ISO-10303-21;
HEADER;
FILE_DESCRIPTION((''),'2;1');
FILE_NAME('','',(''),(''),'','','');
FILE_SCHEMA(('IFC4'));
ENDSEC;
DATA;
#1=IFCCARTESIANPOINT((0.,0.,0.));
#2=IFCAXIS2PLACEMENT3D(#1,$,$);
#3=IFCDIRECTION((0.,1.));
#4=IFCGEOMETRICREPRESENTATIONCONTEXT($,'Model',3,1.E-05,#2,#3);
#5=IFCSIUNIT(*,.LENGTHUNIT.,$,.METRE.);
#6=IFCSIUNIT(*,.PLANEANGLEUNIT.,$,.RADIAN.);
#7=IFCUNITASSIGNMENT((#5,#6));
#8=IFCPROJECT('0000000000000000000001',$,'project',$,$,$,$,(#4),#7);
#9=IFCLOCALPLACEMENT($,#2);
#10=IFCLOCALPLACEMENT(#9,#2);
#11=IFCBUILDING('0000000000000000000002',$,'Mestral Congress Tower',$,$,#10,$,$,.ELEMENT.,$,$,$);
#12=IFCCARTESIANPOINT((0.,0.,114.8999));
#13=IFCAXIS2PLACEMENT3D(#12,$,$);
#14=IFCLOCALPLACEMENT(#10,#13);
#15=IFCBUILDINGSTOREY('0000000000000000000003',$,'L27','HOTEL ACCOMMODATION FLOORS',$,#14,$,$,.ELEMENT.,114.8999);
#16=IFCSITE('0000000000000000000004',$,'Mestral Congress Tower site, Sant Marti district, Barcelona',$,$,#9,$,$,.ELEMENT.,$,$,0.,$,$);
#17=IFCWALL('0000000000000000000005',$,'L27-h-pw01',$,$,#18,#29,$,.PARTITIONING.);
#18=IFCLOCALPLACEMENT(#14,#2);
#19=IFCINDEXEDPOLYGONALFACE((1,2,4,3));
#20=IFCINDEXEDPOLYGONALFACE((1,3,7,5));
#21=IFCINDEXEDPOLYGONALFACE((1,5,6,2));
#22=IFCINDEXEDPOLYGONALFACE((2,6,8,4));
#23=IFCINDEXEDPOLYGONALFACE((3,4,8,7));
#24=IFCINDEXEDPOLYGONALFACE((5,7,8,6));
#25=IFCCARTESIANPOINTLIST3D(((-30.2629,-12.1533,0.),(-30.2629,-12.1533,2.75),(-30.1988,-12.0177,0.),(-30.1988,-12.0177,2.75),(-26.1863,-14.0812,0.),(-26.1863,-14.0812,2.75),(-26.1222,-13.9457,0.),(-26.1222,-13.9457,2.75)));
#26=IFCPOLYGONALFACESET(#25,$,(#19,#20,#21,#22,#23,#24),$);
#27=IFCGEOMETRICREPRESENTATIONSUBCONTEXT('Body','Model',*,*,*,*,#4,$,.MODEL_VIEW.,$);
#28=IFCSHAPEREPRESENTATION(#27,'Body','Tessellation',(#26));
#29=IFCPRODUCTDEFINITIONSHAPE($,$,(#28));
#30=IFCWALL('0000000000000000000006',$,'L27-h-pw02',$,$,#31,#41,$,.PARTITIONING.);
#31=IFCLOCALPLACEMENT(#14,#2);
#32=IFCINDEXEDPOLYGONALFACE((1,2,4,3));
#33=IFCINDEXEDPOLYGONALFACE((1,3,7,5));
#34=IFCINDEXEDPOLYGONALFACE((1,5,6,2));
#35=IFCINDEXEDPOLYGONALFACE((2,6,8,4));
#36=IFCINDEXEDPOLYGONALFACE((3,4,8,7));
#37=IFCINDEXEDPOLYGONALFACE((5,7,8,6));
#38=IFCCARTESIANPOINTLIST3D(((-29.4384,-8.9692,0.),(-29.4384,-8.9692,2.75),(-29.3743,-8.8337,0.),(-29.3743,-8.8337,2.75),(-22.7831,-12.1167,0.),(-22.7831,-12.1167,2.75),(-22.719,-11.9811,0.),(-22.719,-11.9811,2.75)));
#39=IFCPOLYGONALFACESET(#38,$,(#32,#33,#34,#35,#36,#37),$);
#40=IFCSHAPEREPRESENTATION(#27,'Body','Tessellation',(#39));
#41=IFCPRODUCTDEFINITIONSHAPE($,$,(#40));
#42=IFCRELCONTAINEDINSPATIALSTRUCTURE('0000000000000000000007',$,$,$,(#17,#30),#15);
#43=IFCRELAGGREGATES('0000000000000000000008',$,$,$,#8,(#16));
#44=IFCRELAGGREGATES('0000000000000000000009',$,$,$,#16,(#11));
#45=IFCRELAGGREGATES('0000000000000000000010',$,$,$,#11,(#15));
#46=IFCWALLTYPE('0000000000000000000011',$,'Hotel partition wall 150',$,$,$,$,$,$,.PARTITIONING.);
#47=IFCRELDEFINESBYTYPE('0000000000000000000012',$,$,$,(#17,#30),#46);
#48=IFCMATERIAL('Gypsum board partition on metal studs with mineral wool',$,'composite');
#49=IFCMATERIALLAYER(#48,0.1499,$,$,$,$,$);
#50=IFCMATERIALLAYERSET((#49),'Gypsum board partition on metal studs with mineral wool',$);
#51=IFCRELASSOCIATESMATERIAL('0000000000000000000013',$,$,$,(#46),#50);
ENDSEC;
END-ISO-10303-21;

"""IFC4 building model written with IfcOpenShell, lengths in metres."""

from ifc_helpers import new_model, si_unit, direction, frame, frame_2d, origin, place, context, subcontext, project, spatial, rectangle, extrude, material, layer, layer_set, type_object, element, save


model = new_model("IFC4")

# Units and contexts
model_context = context("Model", 3, precision=1e-05, world=origin(), true_north=direction((0.0, 1.0)))
body_context = subcontext(model_context, "Body", "Model", "MODEL_VIEW")
ifc_project = project(units=[si_unit("LENGTHUNIT", "METRE"), si_unit("PLANEANGLEUNIT", "RADIAN")], contexts=[model_context])

# Site, building, storey
site_placement = place(None, origin())
site = spatial("IfcSite", under=ifc_project, at=site_placement, Name="Mestral Congress Tower site, Sant Marti district, Barcelona", CompositionType="ELEMENT", RefElevation=0.0)
building_placement = place(site_placement, origin())
building = spatial("IfcBuilding", under=site, at=building_placement, Name="Mestral Congress Tower", CompositionType="ELEMENT")
storey_placement = place(building_placement, frame((0.0, 0.0, 114.8999)))
storey = spatial("IfcBuildingStorey", under=building, at=storey_placement, Name="L27", Description="HOTEL ACCOMMODATION FLOORS", CompositionType="ELEMENT", Elevation=114.8999)

# Walls
ifc_material_1 = material(Name="Gypsum board partition on metal studs with mineral wool", Category="composite")
ifc_layer_1 = layer(ifc_material_1, 0.1499)
ifc_layer_set_1 = layer_set([ifc_layer_1], Name="Gypsum board partition on metal studs with mineral wool")
wall_type_1 = type_object("IfcWallType", Name="Hotel partition wall 150", PredefinedType="PARTITIONING", material=ifc_layer_set_1)
wall_1_placement = place(storey_placement, frame((-30.231, -12.0854, 0.0), z_axis=(0.0, 0.0, 1.0), x_axis=(0.904001, -0.42753, 0.0)))
element("IfcWall", 1, at=wall_1_placement, inside=storey, type_object=wall_type_1, Name="L27-h-pw01", PredefinedType="PARTITIONING", context=body_context, shape_type="SweptSolid", body=[
    extrude(rectangle(XDim=4.5095, YDim=0.1499, at=frame_2d((2.2549, 0.0))), origin(), (0.0, 0.0, 1.0), 2.75),
])
wall_2_placement = place(storey_placement, frame((-29.4065, -8.9014, 0.0), z_axis=(0.0, 0.0, 1.0), x_axis=(0.904002, -0.427527, 0.0)))
element("IfcWall", 2, at=wall_2_placement, inside=storey, type_object=wall_type_1, Name="L27-h-pw02", PredefinedType="PARTITIONING", context=body_context, shape_type="SweptSolid", body=[
    extrude(rectangle(XDim=7.3621, YDim=0.1499, at=frame_2d((3.6812, 0.0))), origin(), (0.0, 0.0, 1.0), 2.75),
])

save(model, "model.ifc")
